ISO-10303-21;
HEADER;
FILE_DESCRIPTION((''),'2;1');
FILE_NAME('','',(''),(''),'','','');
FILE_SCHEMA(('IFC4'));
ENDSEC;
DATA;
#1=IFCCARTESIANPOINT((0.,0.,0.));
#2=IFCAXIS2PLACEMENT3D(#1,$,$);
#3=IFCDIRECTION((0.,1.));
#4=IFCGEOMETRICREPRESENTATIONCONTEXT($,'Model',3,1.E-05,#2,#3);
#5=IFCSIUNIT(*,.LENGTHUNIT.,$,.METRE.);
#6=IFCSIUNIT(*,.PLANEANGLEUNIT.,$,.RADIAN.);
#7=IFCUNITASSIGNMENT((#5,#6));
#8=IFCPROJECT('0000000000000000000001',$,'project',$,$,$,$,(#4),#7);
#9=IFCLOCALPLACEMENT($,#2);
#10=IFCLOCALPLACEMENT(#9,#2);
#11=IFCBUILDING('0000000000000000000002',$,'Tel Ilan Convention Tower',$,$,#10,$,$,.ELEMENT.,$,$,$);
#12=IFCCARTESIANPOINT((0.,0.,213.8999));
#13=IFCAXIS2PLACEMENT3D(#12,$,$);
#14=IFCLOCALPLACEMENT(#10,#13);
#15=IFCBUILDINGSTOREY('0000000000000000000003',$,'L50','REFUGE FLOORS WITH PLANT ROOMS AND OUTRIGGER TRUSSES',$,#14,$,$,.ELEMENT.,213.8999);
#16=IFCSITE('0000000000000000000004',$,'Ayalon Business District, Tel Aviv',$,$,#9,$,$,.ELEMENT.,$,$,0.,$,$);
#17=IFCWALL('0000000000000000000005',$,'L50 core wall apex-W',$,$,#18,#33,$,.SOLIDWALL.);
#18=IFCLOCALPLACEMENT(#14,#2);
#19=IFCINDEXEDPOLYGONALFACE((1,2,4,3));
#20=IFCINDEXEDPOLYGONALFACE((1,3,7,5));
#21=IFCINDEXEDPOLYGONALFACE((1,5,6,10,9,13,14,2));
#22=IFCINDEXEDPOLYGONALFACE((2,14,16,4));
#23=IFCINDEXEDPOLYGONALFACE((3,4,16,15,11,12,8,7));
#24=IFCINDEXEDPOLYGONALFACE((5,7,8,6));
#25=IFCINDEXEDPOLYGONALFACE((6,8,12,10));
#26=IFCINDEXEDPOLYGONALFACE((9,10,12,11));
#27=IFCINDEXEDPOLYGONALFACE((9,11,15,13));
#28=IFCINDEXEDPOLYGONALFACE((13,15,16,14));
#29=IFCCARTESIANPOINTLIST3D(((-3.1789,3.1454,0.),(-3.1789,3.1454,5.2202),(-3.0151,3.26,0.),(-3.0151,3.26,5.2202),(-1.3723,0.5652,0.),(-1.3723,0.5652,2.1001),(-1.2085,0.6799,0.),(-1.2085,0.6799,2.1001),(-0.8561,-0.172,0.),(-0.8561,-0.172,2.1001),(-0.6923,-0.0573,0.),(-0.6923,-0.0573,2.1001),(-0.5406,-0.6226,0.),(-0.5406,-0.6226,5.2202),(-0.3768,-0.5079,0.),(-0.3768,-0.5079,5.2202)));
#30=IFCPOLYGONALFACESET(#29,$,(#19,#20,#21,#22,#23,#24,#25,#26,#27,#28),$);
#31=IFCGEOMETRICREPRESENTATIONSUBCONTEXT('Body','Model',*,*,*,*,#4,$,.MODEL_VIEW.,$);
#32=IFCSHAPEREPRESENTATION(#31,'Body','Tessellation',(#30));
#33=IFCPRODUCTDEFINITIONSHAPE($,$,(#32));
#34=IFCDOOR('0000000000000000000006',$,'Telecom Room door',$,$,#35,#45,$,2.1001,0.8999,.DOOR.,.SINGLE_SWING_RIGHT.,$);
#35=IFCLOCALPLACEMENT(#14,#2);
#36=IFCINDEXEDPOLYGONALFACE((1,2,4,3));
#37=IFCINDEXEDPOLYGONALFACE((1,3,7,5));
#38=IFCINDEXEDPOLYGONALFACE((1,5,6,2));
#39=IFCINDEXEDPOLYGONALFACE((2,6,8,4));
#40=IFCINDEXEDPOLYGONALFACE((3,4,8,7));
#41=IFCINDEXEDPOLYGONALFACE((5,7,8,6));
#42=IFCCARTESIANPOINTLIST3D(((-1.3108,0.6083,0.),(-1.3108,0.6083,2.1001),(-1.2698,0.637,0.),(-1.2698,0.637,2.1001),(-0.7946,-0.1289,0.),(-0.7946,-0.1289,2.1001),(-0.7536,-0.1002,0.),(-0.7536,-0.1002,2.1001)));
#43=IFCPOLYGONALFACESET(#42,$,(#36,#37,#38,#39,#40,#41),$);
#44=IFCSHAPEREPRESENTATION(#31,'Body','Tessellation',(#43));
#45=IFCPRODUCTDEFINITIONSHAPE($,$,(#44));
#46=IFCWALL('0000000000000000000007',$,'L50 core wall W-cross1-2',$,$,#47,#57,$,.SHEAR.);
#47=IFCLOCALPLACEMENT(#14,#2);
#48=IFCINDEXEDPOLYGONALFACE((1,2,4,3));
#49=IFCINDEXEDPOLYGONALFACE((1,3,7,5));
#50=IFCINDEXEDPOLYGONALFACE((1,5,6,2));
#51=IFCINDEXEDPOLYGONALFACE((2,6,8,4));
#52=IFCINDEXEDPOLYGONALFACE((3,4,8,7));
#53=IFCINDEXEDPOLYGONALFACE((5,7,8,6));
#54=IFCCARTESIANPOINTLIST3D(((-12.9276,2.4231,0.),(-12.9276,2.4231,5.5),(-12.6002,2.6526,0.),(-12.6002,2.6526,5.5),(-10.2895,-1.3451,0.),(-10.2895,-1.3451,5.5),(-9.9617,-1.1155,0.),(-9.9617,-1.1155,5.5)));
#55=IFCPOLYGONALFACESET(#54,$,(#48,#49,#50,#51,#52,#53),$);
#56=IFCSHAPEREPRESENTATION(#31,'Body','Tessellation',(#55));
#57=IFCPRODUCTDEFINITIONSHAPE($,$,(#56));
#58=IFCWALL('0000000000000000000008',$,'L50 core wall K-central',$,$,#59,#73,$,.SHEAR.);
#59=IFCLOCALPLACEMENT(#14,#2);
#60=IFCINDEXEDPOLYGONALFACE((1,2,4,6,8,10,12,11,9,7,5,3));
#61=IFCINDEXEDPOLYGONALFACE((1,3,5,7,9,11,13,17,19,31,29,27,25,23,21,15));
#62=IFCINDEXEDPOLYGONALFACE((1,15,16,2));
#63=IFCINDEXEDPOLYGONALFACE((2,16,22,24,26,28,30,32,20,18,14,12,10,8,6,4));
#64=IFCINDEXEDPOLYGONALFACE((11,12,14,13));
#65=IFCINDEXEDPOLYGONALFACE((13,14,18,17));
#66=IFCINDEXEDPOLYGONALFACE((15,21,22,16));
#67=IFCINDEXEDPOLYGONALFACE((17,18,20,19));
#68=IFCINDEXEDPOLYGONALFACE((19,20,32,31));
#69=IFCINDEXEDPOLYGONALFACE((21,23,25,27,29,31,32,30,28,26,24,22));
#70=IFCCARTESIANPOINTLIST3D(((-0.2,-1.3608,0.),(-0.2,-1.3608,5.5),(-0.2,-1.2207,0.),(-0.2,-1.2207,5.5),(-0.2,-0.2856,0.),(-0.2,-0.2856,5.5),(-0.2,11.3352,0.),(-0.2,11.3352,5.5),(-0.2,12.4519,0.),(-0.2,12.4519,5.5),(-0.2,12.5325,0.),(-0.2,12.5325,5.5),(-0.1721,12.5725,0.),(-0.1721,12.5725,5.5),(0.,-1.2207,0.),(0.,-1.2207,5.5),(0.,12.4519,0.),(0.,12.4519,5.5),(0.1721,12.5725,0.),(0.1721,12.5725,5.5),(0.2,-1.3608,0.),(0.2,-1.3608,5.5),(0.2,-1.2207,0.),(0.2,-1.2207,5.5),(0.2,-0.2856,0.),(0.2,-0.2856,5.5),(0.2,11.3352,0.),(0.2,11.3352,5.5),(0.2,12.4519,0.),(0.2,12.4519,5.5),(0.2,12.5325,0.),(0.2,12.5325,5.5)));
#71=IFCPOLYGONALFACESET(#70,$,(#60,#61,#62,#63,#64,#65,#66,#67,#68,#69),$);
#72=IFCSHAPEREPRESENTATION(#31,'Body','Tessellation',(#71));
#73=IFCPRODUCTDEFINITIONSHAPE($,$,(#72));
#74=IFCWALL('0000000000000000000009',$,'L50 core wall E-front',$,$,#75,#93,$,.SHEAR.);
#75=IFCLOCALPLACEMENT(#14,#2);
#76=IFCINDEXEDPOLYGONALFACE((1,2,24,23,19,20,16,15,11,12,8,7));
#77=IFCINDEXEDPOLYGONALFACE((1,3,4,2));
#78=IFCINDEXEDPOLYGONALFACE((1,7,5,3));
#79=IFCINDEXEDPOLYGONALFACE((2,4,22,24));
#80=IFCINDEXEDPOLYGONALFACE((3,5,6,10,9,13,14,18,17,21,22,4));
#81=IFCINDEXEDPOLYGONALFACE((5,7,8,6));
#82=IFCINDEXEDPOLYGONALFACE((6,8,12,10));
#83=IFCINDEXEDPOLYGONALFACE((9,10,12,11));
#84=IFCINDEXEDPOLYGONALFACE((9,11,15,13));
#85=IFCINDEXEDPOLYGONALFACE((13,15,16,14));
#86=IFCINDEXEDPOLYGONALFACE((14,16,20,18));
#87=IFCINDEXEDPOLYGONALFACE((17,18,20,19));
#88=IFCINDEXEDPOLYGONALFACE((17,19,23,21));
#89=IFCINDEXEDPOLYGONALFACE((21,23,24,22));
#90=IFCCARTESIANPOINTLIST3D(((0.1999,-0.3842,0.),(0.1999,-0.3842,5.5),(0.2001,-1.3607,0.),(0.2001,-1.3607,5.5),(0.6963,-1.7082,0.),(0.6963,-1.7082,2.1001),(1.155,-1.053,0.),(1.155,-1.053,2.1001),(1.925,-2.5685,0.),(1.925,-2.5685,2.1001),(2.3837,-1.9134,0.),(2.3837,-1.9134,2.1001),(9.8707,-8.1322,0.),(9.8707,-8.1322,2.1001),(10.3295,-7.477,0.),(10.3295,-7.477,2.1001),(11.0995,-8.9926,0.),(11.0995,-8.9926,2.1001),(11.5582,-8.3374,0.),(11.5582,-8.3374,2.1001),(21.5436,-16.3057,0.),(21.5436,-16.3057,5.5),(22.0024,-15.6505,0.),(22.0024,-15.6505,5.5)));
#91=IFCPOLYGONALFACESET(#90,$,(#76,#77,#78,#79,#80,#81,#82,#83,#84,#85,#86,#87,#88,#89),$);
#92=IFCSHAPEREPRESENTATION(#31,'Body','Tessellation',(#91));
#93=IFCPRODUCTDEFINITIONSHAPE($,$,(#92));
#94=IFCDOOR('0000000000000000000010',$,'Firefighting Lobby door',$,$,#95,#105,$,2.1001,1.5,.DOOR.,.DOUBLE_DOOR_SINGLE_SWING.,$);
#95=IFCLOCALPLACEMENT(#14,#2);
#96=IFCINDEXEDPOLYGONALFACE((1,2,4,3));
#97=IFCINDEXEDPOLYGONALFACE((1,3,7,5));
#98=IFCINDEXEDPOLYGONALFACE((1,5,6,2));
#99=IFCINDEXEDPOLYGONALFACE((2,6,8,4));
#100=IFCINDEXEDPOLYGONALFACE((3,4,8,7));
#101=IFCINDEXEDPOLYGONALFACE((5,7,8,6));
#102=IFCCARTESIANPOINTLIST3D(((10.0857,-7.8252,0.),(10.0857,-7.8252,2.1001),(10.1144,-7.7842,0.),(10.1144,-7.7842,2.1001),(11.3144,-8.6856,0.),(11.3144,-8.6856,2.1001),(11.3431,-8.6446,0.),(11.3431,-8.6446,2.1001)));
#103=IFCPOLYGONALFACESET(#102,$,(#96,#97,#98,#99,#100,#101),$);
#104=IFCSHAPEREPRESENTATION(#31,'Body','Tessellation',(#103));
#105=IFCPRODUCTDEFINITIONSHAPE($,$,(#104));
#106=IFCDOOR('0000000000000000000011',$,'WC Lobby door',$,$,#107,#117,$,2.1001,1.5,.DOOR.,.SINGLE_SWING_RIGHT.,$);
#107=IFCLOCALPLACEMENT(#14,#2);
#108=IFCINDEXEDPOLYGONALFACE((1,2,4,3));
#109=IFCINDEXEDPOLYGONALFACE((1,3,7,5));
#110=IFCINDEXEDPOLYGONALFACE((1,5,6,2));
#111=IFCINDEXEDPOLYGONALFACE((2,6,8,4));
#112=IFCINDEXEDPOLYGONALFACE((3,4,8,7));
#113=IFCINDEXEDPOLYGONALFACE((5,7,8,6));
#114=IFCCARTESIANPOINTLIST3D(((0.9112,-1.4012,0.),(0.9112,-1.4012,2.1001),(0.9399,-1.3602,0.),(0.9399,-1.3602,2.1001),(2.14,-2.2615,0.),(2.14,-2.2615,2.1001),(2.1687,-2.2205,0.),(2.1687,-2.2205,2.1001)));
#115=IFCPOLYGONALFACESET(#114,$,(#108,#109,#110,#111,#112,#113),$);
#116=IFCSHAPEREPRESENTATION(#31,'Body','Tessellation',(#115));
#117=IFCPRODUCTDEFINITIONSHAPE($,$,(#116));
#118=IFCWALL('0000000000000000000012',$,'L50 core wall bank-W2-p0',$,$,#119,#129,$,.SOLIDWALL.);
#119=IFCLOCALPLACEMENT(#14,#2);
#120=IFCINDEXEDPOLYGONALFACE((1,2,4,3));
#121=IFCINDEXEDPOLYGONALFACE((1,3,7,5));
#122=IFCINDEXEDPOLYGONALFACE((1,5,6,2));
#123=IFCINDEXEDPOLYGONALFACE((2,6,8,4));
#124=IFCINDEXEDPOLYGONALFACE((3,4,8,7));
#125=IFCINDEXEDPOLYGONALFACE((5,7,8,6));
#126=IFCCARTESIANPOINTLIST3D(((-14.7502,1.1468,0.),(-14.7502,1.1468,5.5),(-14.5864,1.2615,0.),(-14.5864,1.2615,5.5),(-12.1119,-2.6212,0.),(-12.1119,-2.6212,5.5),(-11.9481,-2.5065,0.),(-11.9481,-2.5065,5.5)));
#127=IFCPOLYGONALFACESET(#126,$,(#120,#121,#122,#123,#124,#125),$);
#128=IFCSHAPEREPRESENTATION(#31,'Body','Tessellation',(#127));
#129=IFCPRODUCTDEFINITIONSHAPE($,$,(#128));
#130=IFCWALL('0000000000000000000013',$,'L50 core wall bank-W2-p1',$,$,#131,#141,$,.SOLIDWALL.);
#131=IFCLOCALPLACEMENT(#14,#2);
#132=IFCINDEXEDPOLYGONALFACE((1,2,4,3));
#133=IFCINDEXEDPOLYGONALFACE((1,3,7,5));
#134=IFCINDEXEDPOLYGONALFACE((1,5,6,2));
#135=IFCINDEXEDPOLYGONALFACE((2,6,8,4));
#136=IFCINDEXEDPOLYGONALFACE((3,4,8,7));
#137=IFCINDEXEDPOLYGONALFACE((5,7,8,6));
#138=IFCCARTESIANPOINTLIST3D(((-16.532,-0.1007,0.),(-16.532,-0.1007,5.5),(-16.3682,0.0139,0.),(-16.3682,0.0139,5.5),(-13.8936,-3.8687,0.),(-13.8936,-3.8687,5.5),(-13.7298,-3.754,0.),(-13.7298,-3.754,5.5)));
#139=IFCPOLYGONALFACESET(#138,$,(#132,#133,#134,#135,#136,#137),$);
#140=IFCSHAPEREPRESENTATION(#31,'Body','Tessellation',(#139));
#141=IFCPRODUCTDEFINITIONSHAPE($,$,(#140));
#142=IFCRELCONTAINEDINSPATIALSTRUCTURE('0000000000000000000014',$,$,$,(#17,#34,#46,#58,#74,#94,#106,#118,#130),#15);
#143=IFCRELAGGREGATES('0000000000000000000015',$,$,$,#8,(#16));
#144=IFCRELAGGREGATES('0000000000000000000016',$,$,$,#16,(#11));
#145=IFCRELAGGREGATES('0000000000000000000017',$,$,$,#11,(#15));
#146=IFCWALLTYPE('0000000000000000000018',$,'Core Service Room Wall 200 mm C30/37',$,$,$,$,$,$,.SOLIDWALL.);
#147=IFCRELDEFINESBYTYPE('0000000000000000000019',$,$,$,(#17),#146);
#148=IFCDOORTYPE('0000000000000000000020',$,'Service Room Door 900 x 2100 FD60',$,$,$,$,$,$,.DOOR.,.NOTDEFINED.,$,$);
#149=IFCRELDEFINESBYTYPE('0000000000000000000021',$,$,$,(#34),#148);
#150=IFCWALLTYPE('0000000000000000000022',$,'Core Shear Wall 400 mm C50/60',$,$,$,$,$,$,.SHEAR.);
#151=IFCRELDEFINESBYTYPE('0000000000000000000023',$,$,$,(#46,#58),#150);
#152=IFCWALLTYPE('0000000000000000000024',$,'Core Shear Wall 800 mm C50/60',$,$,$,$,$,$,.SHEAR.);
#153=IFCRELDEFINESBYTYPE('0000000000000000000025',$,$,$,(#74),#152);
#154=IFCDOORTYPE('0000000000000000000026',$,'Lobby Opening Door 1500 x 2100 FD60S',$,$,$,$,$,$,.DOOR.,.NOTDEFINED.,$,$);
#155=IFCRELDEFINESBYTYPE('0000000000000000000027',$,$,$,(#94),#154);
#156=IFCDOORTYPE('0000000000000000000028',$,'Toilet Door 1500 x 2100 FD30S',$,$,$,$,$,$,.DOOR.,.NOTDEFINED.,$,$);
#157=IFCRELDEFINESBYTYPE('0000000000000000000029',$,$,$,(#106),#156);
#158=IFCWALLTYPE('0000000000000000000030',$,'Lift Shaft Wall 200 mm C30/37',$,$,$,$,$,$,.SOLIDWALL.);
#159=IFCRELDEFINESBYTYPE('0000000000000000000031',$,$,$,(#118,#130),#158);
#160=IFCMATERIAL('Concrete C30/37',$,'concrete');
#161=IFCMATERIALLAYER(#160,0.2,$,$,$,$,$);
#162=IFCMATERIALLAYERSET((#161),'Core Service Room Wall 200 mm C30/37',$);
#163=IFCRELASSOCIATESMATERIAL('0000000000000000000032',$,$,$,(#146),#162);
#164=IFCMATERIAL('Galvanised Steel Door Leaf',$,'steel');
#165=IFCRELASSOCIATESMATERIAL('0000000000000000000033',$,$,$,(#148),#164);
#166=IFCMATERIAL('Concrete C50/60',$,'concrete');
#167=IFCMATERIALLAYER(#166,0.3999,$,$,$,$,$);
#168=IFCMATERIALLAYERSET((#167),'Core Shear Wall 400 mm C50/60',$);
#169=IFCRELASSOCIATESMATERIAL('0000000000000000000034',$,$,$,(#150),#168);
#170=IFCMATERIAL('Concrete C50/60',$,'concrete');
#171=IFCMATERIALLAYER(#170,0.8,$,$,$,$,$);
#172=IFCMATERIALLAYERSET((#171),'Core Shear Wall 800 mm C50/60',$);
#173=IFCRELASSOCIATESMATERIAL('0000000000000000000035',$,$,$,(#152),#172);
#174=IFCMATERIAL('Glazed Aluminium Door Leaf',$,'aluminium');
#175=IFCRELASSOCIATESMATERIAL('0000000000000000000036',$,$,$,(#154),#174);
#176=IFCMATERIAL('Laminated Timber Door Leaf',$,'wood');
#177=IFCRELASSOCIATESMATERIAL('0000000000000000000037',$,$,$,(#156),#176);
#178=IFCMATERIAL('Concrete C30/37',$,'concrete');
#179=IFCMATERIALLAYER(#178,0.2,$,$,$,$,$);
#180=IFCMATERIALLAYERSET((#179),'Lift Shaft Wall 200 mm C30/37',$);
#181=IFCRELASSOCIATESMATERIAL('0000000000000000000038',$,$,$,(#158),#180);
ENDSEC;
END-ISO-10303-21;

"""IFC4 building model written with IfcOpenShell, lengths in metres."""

from ifc_helpers import new_model, si_unit, direction, frame, frame_2d, origin, place, context, subcontext, project, spatial, polyline, rectangle, outline, extrude, material, layer, layer_set, type_object, element, fill, save


model = new_model("IFC4")

# Units and contexts
model_context = context("Model", 3, precision=1e-05, world=origin(), true_north=direction((0.0, 1.0)))
body_context = subcontext(model_context, "Body", "Model", "MODEL_VIEW")
ifc_project = project(units=[si_unit("LENGTHUNIT", "METRE"), si_unit("PLANEANGLEUNIT", "RADIAN")], contexts=[model_context])

# Site, building, storey
site_placement = place(None, origin())
site = spatial("IfcSite", under=ifc_project, at=site_placement, Name="Ayalon Business District, Tel Aviv", CompositionType="ELEMENT", RefElevation=0.0)
building_placement = place(site_placement, origin())
building = spatial("IfcBuilding", under=site, at=building_placement, Name="Tel Ilan Convention Tower", CompositionType="ELEMENT")
storey_placement = place(building_placement, frame((0.0, 0.0, 213.8999)))
storey = spatial("IfcBuildingStorey", under=building, at=storey_placement, Name="L50", Description="REFUGE FLOORS WITH PLANT ROOMS AND OUTRIGGER TRUSSES", CompositionType="ELEMENT", Elevation=213.8999)

# Wall, opening, door
ifc_material_1 = material(Name="Concrete C30/37", Category="concrete")
ifc_layer_1 = layer(ifc_material_1, 0.2)
ifc_layer_set_1 = layer_set([ifc_layer_1], Name="Core Service Room Wall 200 mm C30/37")
wall_type_1 = type_object("IfcWallType", Name="Core Service Room Wall 200 mm C30/37", PredefinedType="SOLIDWALL", material=ifc_layer_set_1)
wall_1_placement = place(storey_placement, frame((-0.4587, -0.5652, 0.0), z_axis=(0.0, 0.0, 1.0), x_axis=(-0.573576, 0.819152, 0.0)))
wall_1 = element("IfcWall", 1, at=wall_1_placement, inside=storey, type_object=wall_type_1, Name="L50 core wall apex-W", PredefinedType="SOLIDWALL", context=body_context, shape_type="SweptSolid", body=[
    extrude(rectangle(XDim=4.5999, YDim=0.2, at=frame_2d((2.2998, 0.0))), origin(), (0.0, 0.0, 1.0), 5.2202),
])
opening_1_placement = place(wall_1_placement, frame((0.55, 0.0, 0.0)))
opening_1 = element("IfcOpeningElement", 2, at=opening_1_placement, cuts=wall_1, PredefinedType="OPENING", context=body_context, shape_type="SweptSolid", body=[
    extrude(rectangle(XDim=0.8999, YDim=2.1001, at=frame_2d((0.45, 1.05))), frame((0.0, 0.1099, 0.0), z_axis=(0.0, -1.0, 0.0), x_axis=(1.0, 0.0, 0.0)), (0.0, 0.0, 1.0), 0.22),
])
ifc_material_2 = material(Name="Galvanised Steel Door Leaf", Category="steel")
door_type_1 = type_object("IfcDoorType", Name="Service Room Door 900 x 2100 FD60", OperationType="NOTDEFINED", PredefinedType="DOOR", material=ifc_material_2)
door_1_placement = place(opening_1_placement, origin())
door_1 = element("IfcDoor", 3, at=door_1_placement, inside=storey, type_object=door_type_1, Name="Telecom Room door", OperationType="SINGLE_SWING_RIGHT", OverallHeight=2.1001, OverallWidth=0.8999, PredefinedType="DOOR", context=body_context, shape_type="SweptSolid", body=[
    extrude(rectangle(XDim=0.8999, YDim=2.1001, at=frame_2d((0.45, 1.05))), frame((0.0, 0.0249, 0.0), z_axis=(0.0, -1.0, 0.0), x_axis=(1.0, 0.0, 0.0)), (0.0, 0.0, 1.0), 0.05),
])
fill(opening_1, door_1)

# Walls
ifc_material_3 = material(Name="Concrete C50/60", Category="concrete")
ifc_layer_2 = layer(ifc_material_3, 0.3999)
ifc_layer_set_2 = layer_set([ifc_layer_2], Name="Core Shear Wall 400 mm C50/60")
wall_type_2 = type_object("IfcWallType", Name="Core Shear Wall 400 mm C50/60", PredefinedType="SHEAR", material=ifc_layer_set_2)
wall_2_placement = place(storey_placement, frame((-10.1255, -1.2302, 0.0), z_axis=(0.0, 0.0, 1.0), x_axis=(-0.573576, 0.819152, 0.0)))
element("IfcWall", 4, at=wall_2_placement, inside=storey, type_object=wall_type_2, Name="L50 core wall W-cross1-2", PredefinedType="SHEAR", context=body_context, shape_type="SweptSolid", body=[
    extrude(outline(polyline([(4.6001, -0.2), (4.5999, 0.2), (0.0, 0.2002), (0.0, -0.2), (4.6001, -0.2)])), origin(), (0.0, 0.0, 1.0), 5.5),
])
wall_3_placement = place(storey_placement, frame((0.0, -1.3608, 0.0), z_axis=(0.0, 0.0, 1.0), x_axis=(0.0, 1.0, 0.0)))
element("IfcWall", 5, at=wall_3_placement, inside=storey, type_object=wall_type_2, Name="L50 core wall K-central", PredefinedType="SHEAR", context=body_context, shape_type="SweptSolid", body=[
    extrude(outline(polyline([(0.0, -0.2), (0.1401, -0.2), (1.0752, -0.2), (12.696, -0.2), (13.8127, -0.2), (13.8933, -0.2), (13.9333, -0.1721), (13.8127, 0.0), (13.9333, 0.1721), (13.8933, 0.2), (13.8127, 0.2), (12.696, 0.2), (1.0752, 0.2), (0.1401, 0.2), (0.0, 0.2), (0.1401, 0.0), (0.0, -0.2)])), origin(), (0.0, 0.0, 1.0), 5.5),
])

# Wall, openings, doors
ifc_material_4 = material(Name="Concrete C50/60", Category="concrete")
ifc_layer_3 = layer(ifc_material_4, 0.8)
ifc_layer_set_3 = layer_set([ifc_layer_3], Name="Core Shear Wall 800 mm C50/60")
wall_type_3 = type_object("IfcWallType", Name="Core Shear Wall 800 mm C50/60", PredefinedType="SHEAR", material=ifc_layer_set_3)
wall_4_placement = place(storey_placement, frame((-0.0293, -0.7119, 0.0), z_axis=(0.0, 0.0, 1.0), x_axis=(0.819152, -0.573577, 0.0)))
wall_4 = element("IfcWall", 6, at=wall_4_placement, inside=storey, type_object=wall_type_3, Name="L50 core wall E-front", PredefinedType="SHEAR", context=body_context, shape_type="SweptSolid", body=[
    extrude(outline(polyline([(26.6157, 0.3999), (-0.0002, 0.3999), (0.5601, -0.3999), (26.6157, -0.3999), (26.6157, 0.3999)])), origin(), (0.0, 0.0, 1.0), 5.5),
])
opening_2_placement = place(wall_4_placement, frame((1.1658, 0.0, 0.0)))
opening_2 = element("IfcOpeningElement", 7, at=opening_2_placement, cuts=wall_4, PredefinedType="OPENING", context=body_context, shape_type="SweptSolid", body=[
    extrude(rectangle(XDim=1.5, YDim=2.1001, at=frame_2d((0.75, 1.05))), frame((0.0, 0.4099, 0.0), z_axis=(0.0, -1.0, 0.0), x_axis=(1.0, 0.0, 0.0)), (0.0, 0.0, 1.0), 0.8201),
])
opening_3_placement = place(wall_4_placement, frame((12.3657, 0.0, 0.0)))
opening_3 = element("IfcOpeningElement", 8, at=opening_3_placement, cuts=wall_4, PredefinedType="OPENING", context=body_context, shape_type="SweptSolid", body=[
    extrude(rectangle(XDim=1.5, YDim=2.1001, at=frame_2d((0.75, 1.05))), frame((0.0, 0.4099, 0.0), z_axis=(0.0, -1.0, 0.0), x_axis=(1.0, 0.0, 0.0)), (0.0, 0.0, 1.0), 0.8201),
])
ifc_material_5 = material(Name="Glazed Aluminium Door Leaf", Category="aluminium")
door_type_2 = type_object("IfcDoorType", Name="Lobby Opening Door 1500 x 2100 FD60S", OperationType="NOTDEFINED", PredefinedType="DOOR", material=ifc_material_5)
door_2_placement = place(opening_3_placement, origin())
door_2 = element("IfcDoor", 9, at=door_2_placement, inside=storey, type_object=door_type_2, Name="Firefighting Lobby door", OperationType="DOUBLE_DOOR_SINGLE_SWING", OverallHeight=2.1001, OverallWidth=1.5, PredefinedType="DOOR", context=body_context, shape_type="SweptSolid", body=[
    extrude(rectangle(XDim=1.5, YDim=2.1001, at=frame_2d((0.75, 1.05))), frame((0.0, 0.0249, 0.0), z_axis=(0.0, -1.0, 0.0), x_axis=(1.0, 0.0, 0.0)), (0.0, 0.0, 1.0), 0.05),
])
fill(opening_3, door_2)
ifc_material_6 = material(Name="Laminated Timber Door Leaf", Category="wood")
door_type_3 = type_object("IfcDoorType", Name="Toilet Door 1500 x 2100 FD30S", OperationType="NOTDEFINED", PredefinedType="DOOR", material=ifc_material_6)
door_3_placement = place(opening_2_placement, origin())
door_3 = element("IfcDoor", 10, at=door_3_placement, inside=storey, type_object=door_type_3, Name="WC Lobby door", OperationType="SINGLE_SWING_RIGHT", OverallHeight=2.1001, OverallWidth=1.5, PredefinedType="DOOR", context=body_context, shape_type="SweptSolid", body=[
    extrude(rectangle(XDim=1.5, YDim=2.1001, at=frame_2d((0.75, 1.05))), frame((0.0, 0.0249, 0.0), z_axis=(0.0, -1.0, 0.0), x_axis=(1.0, 0.0, 0.0)), (0.0, 0.0, 1.0), 0.05),
])
fill(opening_2, door_3)

# Walls
ifc_material_7 = material(Name="Concrete C30/37", Category="concrete")
ifc_layer_4 = layer(ifc_material_7, 0.2)
ifc_layer_set_4 = layer_set([ifc_layer_4], Name="Lift Shaft Wall 200 mm C30/37")
wall_type_4 = type_object("IfcWallType", Name="Lift Shaft Wall 200 mm C30/37", PredefinedType="SOLIDWALL", material=ifc_layer_set_4)
for number, where, z_axis, x_axis, name in (
    (11, (-12.03, -2.5637, 0.0), (0.0, 0.0, 1.0), (-0.573576, 0.819152, 0.0), "L50 core wall bank-W2-p0"),
    (12, (-13.8118, -3.8113, 0.0), (0.0, 0.0, 1.0), (-0.573576, 0.819152, 0.0), "L50 core wall bank-W2-p1"),
):
    element("IfcWall", number, at=place(storey_placement, frame(where, z_axis=z_axis, x_axis=x_axis)), inside=storey, type_object=wall_type_4, Name=name, PredefinedType="SOLIDWALL", context=body_context, shape_type="SweptSolid", body=[
        extrude(rectangle(XDim=4.5999, YDim=0.2, at=frame_2d((2.2998, 0.0))), origin(), (0.0, 0.0, 1.0), 5.5),
    ])

save(model, "model.ifc")
